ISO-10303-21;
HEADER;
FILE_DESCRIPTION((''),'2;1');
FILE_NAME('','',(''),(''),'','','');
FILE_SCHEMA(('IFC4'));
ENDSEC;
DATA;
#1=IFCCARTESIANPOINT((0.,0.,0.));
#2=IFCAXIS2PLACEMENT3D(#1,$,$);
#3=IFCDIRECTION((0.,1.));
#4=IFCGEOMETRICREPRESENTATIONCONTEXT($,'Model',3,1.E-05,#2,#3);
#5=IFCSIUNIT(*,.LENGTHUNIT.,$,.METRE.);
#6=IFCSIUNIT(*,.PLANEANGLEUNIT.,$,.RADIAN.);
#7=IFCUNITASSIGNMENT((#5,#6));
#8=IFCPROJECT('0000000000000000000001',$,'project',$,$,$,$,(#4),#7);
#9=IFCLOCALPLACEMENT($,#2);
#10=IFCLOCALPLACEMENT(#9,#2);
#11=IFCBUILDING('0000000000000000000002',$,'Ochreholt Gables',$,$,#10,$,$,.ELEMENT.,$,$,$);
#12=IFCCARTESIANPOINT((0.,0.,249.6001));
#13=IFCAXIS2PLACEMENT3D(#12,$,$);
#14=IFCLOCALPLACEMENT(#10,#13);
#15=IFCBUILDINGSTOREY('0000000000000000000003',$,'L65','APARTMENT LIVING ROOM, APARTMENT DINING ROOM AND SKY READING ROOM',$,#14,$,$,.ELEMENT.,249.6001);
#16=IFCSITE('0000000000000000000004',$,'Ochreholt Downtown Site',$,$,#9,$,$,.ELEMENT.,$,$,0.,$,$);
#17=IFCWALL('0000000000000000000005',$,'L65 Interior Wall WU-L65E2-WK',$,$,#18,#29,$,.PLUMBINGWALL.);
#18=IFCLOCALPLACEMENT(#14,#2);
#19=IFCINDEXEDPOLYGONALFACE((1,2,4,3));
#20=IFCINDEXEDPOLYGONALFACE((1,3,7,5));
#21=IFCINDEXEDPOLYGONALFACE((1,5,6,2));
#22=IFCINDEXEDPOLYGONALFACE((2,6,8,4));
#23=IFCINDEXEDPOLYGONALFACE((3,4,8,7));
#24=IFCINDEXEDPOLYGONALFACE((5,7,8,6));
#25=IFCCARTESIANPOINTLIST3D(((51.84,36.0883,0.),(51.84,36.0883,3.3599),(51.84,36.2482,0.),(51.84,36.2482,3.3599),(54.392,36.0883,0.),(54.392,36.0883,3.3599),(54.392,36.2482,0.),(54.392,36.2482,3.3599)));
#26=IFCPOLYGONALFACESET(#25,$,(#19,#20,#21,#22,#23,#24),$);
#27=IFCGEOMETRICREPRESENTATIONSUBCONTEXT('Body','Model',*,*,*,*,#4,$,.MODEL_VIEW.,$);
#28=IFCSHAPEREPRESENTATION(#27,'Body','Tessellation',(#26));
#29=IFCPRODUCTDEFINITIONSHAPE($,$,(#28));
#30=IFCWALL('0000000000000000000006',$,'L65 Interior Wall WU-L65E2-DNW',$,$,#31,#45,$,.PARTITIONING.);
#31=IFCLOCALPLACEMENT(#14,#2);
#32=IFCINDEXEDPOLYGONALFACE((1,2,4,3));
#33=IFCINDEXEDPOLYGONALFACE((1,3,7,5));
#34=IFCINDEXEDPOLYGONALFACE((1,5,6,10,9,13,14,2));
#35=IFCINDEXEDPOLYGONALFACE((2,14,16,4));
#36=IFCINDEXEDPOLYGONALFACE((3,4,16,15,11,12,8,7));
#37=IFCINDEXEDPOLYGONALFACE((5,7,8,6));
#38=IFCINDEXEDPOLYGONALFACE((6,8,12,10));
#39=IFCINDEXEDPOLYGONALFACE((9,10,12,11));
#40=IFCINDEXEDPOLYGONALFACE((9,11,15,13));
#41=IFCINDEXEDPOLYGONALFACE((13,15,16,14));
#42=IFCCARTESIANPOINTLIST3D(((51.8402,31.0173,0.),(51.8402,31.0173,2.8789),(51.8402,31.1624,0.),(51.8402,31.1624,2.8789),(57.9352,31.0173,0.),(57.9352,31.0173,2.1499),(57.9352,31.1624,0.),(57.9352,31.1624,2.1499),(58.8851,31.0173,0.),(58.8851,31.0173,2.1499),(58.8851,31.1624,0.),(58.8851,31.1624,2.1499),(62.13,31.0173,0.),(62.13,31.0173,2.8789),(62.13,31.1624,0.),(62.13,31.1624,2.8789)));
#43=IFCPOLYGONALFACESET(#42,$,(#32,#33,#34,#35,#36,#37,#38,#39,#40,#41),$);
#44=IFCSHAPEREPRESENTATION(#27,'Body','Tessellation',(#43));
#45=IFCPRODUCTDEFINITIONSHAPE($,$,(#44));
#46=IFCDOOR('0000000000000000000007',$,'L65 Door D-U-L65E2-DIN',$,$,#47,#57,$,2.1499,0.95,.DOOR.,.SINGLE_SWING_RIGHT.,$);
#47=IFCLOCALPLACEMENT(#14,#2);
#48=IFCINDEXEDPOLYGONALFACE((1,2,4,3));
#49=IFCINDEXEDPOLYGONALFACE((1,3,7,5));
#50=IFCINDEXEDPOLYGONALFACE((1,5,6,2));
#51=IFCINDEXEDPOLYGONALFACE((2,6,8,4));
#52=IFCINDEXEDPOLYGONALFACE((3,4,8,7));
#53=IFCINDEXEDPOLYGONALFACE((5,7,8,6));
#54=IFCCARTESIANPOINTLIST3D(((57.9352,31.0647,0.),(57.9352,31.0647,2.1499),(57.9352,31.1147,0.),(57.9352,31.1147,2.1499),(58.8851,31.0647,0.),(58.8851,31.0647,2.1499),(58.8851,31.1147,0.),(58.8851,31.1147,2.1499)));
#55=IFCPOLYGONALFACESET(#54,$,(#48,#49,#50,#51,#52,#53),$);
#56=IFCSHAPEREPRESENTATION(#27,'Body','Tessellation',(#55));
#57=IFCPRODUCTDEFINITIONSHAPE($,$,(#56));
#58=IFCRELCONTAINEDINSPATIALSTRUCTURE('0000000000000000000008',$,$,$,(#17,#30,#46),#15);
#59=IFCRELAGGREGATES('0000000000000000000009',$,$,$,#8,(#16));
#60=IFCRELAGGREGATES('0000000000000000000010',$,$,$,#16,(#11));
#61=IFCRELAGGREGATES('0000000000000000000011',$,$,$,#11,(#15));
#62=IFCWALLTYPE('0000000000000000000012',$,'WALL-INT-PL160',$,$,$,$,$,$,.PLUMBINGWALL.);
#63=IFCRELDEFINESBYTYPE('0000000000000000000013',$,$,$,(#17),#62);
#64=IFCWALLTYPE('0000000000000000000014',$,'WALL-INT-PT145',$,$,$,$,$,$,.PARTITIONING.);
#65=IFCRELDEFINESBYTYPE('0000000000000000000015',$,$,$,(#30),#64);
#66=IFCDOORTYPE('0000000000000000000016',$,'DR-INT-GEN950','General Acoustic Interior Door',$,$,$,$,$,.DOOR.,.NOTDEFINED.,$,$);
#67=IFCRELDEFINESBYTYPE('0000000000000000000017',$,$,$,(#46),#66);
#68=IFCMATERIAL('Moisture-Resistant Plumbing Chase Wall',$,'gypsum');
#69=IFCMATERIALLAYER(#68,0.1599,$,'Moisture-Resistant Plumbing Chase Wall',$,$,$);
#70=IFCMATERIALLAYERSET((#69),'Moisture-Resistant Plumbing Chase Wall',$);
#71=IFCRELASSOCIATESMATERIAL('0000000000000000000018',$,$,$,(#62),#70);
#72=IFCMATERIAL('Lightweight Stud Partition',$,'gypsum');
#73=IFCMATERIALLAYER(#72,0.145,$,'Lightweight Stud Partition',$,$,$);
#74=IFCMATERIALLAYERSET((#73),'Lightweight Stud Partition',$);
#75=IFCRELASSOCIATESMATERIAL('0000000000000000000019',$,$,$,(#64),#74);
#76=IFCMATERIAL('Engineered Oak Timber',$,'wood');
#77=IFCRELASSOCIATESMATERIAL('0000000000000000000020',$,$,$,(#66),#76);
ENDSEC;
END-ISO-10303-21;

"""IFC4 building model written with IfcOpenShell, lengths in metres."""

from ifc_helpers import new_model, si_unit, direction, frame, frame_2d, origin, place, context, subcontext, project, spatial, rectangle, extrude, material, layer, layer_set, type_object, element, fill, save


model = new_model("IFC4")

# Units and contexts
model_context = context("Model", 3, precision=1e-05, world=origin(), true_north=direction((0.0, 1.0)))
body_context = subcontext(model_context, "Body", "Model", "MODEL_VIEW")
ifc_project = project(units=[si_unit("LENGTHUNIT", "METRE"), si_unit("PLANEANGLEUNIT", "RADIAN")], contexts=[model_context])

# Site, building, storey
site_placement = place(None, origin())
site = spatial("IfcSite", under=ifc_project, at=site_placement, Name="Ochreholt Downtown Site", CompositionType="ELEMENT", RefElevation=0.0)
building_placement = place(site_placement, origin())
building = spatial("IfcBuilding", under=site, at=building_placement, Name="Ochreholt Gables", CompositionType="ELEMENT")
storey_placement = place(building_placement, frame((0.0, 0.0, 249.6001)))
storey = spatial("IfcBuildingStorey", under=building, at=storey_placement, Name="L65", Description="APARTMENT LIVING ROOM, APARTMENT DINING ROOM AND SKY READING ROOM", CompositionType="ELEMENT", Elevation=249.6001)

# Shared definitions
ifc_material_1 = material(Name="Engineered Oak Timber", Category="wood")

# Shared definitions
ifc_material_2 = material(Name="Moisture-Resistant Plumbing Chase Wall", Category="gypsum")
ifc_layer_1 = layer(ifc_material_2, 0.1599, Name="Moisture-Resistant Plumbing Chase Wall")
ifc_layer_set_1 = layer_set([ifc_layer_1], Name="Moisture-Resistant Plumbing Chase Wall")
wall_type_1 = type_object("IfcWallType", Name="WALL-INT-PL160", PredefinedType="PLUMBINGWALL", material=ifc_layer_set_1)

# Wall
wall_1_placement = place(storey_placement, frame((51.8401, 36.1682, 0.0), z_axis=(0.0, 0.0, 1.0), x_axis=(1.0, 0.0, 0.0)))
element("IfcWall", 1, at=wall_1_placement, inside=storey, type_object=wall_type_1, Name="L65 Interior Wall WU-L65E2-WK", PredefinedType="PLUMBINGWALL", context=body_context, shape_type="SweptSolid", body=[
    extrude(rectangle(XDim=2.552, YDim=0.1599, at=frame_2d((1.2759, 0.0))), origin(), (0.0, 0.0, 1.0), 3.3599),
])

# Wall, opening, door
ifc_material_3 = material(Name="Lightweight Stud Partition", Category="gypsum")
ifc_layer_2 = layer(ifc_material_3, 0.145, Name="Lightweight Stud Partition")
ifc_layer_set_2 = layer_set([ifc_layer_2], Name="Lightweight Stud Partition")
wall_type_2 = type_object("IfcWallType", Name="WALL-INT-PT145", PredefinedType="PARTITIONING", material=ifc_layer_set_2)
wall_2_placement = place(storey_placement, frame((51.8401, 31.0898, 0.0), z_axis=(0.0, 0.0, 1.0), x_axis=(1.0, 0.0, 0.0)))
wall_2 = element("IfcWall", 2, at=wall_2_placement, inside=storey, type_object=wall_type_2, Name="L65 Interior Wall WU-L65E2-DNW", PredefinedType="PARTITIONING", context=body_context, shape_type="SweptSolid", body=[
    extrude(rectangle(XDim=10.2898, YDim=0.145, at=frame_2d((5.145, 0.0))), origin(), (0.0, 0.0, 1.0), 2.8789),
])
opening_1_placement = place(wall_2_placement, frame((6.095, 0.0, 0.0)))
opening_1 = element("IfcOpeningElement", 3, at=opening_1_placement, cuts=wall_2, PredefinedType="OPENING", context=body_context, shape_type="SweptSolid", body=[
    extrude(rectangle(XDim=0.95, YDim=2.1499, at=frame_2d((0.4751, 1.075))), frame((0.0, 0.0825, 0.0), z_axis=(0.0, -1.0, 0.0), x_axis=(1.0, 0.0, 0.0)), (0.0, 0.0, 1.0), 0.165),
])
door_type_1 = type_object("IfcDoorType", Name="DR-INT-GEN950", Description="General Acoustic Interior Door", OperationType="NOTDEFINED", PredefinedType="DOOR", material=ifc_material_1)
door_1_placement = place(opening_1_placement, origin())
door_1 = element("IfcDoor", 4, at=door_1_placement, inside=storey, type_object=door_type_1, Name="L65 Door D-U-L65E2-DIN", OperationType="SINGLE_SWING_RIGHT", OverallHeight=2.1499, OverallWidth=0.95, PredefinedType="DOOR", context=body_context, shape_type="SweptSolid", body=[
    extrude(rectangle(XDim=0.95, YDim=2.1499, at=frame_2d((0.4751, 1.075))), frame((0.0, 0.0249, 0.0), z_axis=(0.0, -1.0, 0.0), x_axis=(1.0, 0.0, 0.0)), (0.0, 0.0, 1.0), 0.05),
])
fill(opening_1, door_1)

save(model, "model.ifc")
